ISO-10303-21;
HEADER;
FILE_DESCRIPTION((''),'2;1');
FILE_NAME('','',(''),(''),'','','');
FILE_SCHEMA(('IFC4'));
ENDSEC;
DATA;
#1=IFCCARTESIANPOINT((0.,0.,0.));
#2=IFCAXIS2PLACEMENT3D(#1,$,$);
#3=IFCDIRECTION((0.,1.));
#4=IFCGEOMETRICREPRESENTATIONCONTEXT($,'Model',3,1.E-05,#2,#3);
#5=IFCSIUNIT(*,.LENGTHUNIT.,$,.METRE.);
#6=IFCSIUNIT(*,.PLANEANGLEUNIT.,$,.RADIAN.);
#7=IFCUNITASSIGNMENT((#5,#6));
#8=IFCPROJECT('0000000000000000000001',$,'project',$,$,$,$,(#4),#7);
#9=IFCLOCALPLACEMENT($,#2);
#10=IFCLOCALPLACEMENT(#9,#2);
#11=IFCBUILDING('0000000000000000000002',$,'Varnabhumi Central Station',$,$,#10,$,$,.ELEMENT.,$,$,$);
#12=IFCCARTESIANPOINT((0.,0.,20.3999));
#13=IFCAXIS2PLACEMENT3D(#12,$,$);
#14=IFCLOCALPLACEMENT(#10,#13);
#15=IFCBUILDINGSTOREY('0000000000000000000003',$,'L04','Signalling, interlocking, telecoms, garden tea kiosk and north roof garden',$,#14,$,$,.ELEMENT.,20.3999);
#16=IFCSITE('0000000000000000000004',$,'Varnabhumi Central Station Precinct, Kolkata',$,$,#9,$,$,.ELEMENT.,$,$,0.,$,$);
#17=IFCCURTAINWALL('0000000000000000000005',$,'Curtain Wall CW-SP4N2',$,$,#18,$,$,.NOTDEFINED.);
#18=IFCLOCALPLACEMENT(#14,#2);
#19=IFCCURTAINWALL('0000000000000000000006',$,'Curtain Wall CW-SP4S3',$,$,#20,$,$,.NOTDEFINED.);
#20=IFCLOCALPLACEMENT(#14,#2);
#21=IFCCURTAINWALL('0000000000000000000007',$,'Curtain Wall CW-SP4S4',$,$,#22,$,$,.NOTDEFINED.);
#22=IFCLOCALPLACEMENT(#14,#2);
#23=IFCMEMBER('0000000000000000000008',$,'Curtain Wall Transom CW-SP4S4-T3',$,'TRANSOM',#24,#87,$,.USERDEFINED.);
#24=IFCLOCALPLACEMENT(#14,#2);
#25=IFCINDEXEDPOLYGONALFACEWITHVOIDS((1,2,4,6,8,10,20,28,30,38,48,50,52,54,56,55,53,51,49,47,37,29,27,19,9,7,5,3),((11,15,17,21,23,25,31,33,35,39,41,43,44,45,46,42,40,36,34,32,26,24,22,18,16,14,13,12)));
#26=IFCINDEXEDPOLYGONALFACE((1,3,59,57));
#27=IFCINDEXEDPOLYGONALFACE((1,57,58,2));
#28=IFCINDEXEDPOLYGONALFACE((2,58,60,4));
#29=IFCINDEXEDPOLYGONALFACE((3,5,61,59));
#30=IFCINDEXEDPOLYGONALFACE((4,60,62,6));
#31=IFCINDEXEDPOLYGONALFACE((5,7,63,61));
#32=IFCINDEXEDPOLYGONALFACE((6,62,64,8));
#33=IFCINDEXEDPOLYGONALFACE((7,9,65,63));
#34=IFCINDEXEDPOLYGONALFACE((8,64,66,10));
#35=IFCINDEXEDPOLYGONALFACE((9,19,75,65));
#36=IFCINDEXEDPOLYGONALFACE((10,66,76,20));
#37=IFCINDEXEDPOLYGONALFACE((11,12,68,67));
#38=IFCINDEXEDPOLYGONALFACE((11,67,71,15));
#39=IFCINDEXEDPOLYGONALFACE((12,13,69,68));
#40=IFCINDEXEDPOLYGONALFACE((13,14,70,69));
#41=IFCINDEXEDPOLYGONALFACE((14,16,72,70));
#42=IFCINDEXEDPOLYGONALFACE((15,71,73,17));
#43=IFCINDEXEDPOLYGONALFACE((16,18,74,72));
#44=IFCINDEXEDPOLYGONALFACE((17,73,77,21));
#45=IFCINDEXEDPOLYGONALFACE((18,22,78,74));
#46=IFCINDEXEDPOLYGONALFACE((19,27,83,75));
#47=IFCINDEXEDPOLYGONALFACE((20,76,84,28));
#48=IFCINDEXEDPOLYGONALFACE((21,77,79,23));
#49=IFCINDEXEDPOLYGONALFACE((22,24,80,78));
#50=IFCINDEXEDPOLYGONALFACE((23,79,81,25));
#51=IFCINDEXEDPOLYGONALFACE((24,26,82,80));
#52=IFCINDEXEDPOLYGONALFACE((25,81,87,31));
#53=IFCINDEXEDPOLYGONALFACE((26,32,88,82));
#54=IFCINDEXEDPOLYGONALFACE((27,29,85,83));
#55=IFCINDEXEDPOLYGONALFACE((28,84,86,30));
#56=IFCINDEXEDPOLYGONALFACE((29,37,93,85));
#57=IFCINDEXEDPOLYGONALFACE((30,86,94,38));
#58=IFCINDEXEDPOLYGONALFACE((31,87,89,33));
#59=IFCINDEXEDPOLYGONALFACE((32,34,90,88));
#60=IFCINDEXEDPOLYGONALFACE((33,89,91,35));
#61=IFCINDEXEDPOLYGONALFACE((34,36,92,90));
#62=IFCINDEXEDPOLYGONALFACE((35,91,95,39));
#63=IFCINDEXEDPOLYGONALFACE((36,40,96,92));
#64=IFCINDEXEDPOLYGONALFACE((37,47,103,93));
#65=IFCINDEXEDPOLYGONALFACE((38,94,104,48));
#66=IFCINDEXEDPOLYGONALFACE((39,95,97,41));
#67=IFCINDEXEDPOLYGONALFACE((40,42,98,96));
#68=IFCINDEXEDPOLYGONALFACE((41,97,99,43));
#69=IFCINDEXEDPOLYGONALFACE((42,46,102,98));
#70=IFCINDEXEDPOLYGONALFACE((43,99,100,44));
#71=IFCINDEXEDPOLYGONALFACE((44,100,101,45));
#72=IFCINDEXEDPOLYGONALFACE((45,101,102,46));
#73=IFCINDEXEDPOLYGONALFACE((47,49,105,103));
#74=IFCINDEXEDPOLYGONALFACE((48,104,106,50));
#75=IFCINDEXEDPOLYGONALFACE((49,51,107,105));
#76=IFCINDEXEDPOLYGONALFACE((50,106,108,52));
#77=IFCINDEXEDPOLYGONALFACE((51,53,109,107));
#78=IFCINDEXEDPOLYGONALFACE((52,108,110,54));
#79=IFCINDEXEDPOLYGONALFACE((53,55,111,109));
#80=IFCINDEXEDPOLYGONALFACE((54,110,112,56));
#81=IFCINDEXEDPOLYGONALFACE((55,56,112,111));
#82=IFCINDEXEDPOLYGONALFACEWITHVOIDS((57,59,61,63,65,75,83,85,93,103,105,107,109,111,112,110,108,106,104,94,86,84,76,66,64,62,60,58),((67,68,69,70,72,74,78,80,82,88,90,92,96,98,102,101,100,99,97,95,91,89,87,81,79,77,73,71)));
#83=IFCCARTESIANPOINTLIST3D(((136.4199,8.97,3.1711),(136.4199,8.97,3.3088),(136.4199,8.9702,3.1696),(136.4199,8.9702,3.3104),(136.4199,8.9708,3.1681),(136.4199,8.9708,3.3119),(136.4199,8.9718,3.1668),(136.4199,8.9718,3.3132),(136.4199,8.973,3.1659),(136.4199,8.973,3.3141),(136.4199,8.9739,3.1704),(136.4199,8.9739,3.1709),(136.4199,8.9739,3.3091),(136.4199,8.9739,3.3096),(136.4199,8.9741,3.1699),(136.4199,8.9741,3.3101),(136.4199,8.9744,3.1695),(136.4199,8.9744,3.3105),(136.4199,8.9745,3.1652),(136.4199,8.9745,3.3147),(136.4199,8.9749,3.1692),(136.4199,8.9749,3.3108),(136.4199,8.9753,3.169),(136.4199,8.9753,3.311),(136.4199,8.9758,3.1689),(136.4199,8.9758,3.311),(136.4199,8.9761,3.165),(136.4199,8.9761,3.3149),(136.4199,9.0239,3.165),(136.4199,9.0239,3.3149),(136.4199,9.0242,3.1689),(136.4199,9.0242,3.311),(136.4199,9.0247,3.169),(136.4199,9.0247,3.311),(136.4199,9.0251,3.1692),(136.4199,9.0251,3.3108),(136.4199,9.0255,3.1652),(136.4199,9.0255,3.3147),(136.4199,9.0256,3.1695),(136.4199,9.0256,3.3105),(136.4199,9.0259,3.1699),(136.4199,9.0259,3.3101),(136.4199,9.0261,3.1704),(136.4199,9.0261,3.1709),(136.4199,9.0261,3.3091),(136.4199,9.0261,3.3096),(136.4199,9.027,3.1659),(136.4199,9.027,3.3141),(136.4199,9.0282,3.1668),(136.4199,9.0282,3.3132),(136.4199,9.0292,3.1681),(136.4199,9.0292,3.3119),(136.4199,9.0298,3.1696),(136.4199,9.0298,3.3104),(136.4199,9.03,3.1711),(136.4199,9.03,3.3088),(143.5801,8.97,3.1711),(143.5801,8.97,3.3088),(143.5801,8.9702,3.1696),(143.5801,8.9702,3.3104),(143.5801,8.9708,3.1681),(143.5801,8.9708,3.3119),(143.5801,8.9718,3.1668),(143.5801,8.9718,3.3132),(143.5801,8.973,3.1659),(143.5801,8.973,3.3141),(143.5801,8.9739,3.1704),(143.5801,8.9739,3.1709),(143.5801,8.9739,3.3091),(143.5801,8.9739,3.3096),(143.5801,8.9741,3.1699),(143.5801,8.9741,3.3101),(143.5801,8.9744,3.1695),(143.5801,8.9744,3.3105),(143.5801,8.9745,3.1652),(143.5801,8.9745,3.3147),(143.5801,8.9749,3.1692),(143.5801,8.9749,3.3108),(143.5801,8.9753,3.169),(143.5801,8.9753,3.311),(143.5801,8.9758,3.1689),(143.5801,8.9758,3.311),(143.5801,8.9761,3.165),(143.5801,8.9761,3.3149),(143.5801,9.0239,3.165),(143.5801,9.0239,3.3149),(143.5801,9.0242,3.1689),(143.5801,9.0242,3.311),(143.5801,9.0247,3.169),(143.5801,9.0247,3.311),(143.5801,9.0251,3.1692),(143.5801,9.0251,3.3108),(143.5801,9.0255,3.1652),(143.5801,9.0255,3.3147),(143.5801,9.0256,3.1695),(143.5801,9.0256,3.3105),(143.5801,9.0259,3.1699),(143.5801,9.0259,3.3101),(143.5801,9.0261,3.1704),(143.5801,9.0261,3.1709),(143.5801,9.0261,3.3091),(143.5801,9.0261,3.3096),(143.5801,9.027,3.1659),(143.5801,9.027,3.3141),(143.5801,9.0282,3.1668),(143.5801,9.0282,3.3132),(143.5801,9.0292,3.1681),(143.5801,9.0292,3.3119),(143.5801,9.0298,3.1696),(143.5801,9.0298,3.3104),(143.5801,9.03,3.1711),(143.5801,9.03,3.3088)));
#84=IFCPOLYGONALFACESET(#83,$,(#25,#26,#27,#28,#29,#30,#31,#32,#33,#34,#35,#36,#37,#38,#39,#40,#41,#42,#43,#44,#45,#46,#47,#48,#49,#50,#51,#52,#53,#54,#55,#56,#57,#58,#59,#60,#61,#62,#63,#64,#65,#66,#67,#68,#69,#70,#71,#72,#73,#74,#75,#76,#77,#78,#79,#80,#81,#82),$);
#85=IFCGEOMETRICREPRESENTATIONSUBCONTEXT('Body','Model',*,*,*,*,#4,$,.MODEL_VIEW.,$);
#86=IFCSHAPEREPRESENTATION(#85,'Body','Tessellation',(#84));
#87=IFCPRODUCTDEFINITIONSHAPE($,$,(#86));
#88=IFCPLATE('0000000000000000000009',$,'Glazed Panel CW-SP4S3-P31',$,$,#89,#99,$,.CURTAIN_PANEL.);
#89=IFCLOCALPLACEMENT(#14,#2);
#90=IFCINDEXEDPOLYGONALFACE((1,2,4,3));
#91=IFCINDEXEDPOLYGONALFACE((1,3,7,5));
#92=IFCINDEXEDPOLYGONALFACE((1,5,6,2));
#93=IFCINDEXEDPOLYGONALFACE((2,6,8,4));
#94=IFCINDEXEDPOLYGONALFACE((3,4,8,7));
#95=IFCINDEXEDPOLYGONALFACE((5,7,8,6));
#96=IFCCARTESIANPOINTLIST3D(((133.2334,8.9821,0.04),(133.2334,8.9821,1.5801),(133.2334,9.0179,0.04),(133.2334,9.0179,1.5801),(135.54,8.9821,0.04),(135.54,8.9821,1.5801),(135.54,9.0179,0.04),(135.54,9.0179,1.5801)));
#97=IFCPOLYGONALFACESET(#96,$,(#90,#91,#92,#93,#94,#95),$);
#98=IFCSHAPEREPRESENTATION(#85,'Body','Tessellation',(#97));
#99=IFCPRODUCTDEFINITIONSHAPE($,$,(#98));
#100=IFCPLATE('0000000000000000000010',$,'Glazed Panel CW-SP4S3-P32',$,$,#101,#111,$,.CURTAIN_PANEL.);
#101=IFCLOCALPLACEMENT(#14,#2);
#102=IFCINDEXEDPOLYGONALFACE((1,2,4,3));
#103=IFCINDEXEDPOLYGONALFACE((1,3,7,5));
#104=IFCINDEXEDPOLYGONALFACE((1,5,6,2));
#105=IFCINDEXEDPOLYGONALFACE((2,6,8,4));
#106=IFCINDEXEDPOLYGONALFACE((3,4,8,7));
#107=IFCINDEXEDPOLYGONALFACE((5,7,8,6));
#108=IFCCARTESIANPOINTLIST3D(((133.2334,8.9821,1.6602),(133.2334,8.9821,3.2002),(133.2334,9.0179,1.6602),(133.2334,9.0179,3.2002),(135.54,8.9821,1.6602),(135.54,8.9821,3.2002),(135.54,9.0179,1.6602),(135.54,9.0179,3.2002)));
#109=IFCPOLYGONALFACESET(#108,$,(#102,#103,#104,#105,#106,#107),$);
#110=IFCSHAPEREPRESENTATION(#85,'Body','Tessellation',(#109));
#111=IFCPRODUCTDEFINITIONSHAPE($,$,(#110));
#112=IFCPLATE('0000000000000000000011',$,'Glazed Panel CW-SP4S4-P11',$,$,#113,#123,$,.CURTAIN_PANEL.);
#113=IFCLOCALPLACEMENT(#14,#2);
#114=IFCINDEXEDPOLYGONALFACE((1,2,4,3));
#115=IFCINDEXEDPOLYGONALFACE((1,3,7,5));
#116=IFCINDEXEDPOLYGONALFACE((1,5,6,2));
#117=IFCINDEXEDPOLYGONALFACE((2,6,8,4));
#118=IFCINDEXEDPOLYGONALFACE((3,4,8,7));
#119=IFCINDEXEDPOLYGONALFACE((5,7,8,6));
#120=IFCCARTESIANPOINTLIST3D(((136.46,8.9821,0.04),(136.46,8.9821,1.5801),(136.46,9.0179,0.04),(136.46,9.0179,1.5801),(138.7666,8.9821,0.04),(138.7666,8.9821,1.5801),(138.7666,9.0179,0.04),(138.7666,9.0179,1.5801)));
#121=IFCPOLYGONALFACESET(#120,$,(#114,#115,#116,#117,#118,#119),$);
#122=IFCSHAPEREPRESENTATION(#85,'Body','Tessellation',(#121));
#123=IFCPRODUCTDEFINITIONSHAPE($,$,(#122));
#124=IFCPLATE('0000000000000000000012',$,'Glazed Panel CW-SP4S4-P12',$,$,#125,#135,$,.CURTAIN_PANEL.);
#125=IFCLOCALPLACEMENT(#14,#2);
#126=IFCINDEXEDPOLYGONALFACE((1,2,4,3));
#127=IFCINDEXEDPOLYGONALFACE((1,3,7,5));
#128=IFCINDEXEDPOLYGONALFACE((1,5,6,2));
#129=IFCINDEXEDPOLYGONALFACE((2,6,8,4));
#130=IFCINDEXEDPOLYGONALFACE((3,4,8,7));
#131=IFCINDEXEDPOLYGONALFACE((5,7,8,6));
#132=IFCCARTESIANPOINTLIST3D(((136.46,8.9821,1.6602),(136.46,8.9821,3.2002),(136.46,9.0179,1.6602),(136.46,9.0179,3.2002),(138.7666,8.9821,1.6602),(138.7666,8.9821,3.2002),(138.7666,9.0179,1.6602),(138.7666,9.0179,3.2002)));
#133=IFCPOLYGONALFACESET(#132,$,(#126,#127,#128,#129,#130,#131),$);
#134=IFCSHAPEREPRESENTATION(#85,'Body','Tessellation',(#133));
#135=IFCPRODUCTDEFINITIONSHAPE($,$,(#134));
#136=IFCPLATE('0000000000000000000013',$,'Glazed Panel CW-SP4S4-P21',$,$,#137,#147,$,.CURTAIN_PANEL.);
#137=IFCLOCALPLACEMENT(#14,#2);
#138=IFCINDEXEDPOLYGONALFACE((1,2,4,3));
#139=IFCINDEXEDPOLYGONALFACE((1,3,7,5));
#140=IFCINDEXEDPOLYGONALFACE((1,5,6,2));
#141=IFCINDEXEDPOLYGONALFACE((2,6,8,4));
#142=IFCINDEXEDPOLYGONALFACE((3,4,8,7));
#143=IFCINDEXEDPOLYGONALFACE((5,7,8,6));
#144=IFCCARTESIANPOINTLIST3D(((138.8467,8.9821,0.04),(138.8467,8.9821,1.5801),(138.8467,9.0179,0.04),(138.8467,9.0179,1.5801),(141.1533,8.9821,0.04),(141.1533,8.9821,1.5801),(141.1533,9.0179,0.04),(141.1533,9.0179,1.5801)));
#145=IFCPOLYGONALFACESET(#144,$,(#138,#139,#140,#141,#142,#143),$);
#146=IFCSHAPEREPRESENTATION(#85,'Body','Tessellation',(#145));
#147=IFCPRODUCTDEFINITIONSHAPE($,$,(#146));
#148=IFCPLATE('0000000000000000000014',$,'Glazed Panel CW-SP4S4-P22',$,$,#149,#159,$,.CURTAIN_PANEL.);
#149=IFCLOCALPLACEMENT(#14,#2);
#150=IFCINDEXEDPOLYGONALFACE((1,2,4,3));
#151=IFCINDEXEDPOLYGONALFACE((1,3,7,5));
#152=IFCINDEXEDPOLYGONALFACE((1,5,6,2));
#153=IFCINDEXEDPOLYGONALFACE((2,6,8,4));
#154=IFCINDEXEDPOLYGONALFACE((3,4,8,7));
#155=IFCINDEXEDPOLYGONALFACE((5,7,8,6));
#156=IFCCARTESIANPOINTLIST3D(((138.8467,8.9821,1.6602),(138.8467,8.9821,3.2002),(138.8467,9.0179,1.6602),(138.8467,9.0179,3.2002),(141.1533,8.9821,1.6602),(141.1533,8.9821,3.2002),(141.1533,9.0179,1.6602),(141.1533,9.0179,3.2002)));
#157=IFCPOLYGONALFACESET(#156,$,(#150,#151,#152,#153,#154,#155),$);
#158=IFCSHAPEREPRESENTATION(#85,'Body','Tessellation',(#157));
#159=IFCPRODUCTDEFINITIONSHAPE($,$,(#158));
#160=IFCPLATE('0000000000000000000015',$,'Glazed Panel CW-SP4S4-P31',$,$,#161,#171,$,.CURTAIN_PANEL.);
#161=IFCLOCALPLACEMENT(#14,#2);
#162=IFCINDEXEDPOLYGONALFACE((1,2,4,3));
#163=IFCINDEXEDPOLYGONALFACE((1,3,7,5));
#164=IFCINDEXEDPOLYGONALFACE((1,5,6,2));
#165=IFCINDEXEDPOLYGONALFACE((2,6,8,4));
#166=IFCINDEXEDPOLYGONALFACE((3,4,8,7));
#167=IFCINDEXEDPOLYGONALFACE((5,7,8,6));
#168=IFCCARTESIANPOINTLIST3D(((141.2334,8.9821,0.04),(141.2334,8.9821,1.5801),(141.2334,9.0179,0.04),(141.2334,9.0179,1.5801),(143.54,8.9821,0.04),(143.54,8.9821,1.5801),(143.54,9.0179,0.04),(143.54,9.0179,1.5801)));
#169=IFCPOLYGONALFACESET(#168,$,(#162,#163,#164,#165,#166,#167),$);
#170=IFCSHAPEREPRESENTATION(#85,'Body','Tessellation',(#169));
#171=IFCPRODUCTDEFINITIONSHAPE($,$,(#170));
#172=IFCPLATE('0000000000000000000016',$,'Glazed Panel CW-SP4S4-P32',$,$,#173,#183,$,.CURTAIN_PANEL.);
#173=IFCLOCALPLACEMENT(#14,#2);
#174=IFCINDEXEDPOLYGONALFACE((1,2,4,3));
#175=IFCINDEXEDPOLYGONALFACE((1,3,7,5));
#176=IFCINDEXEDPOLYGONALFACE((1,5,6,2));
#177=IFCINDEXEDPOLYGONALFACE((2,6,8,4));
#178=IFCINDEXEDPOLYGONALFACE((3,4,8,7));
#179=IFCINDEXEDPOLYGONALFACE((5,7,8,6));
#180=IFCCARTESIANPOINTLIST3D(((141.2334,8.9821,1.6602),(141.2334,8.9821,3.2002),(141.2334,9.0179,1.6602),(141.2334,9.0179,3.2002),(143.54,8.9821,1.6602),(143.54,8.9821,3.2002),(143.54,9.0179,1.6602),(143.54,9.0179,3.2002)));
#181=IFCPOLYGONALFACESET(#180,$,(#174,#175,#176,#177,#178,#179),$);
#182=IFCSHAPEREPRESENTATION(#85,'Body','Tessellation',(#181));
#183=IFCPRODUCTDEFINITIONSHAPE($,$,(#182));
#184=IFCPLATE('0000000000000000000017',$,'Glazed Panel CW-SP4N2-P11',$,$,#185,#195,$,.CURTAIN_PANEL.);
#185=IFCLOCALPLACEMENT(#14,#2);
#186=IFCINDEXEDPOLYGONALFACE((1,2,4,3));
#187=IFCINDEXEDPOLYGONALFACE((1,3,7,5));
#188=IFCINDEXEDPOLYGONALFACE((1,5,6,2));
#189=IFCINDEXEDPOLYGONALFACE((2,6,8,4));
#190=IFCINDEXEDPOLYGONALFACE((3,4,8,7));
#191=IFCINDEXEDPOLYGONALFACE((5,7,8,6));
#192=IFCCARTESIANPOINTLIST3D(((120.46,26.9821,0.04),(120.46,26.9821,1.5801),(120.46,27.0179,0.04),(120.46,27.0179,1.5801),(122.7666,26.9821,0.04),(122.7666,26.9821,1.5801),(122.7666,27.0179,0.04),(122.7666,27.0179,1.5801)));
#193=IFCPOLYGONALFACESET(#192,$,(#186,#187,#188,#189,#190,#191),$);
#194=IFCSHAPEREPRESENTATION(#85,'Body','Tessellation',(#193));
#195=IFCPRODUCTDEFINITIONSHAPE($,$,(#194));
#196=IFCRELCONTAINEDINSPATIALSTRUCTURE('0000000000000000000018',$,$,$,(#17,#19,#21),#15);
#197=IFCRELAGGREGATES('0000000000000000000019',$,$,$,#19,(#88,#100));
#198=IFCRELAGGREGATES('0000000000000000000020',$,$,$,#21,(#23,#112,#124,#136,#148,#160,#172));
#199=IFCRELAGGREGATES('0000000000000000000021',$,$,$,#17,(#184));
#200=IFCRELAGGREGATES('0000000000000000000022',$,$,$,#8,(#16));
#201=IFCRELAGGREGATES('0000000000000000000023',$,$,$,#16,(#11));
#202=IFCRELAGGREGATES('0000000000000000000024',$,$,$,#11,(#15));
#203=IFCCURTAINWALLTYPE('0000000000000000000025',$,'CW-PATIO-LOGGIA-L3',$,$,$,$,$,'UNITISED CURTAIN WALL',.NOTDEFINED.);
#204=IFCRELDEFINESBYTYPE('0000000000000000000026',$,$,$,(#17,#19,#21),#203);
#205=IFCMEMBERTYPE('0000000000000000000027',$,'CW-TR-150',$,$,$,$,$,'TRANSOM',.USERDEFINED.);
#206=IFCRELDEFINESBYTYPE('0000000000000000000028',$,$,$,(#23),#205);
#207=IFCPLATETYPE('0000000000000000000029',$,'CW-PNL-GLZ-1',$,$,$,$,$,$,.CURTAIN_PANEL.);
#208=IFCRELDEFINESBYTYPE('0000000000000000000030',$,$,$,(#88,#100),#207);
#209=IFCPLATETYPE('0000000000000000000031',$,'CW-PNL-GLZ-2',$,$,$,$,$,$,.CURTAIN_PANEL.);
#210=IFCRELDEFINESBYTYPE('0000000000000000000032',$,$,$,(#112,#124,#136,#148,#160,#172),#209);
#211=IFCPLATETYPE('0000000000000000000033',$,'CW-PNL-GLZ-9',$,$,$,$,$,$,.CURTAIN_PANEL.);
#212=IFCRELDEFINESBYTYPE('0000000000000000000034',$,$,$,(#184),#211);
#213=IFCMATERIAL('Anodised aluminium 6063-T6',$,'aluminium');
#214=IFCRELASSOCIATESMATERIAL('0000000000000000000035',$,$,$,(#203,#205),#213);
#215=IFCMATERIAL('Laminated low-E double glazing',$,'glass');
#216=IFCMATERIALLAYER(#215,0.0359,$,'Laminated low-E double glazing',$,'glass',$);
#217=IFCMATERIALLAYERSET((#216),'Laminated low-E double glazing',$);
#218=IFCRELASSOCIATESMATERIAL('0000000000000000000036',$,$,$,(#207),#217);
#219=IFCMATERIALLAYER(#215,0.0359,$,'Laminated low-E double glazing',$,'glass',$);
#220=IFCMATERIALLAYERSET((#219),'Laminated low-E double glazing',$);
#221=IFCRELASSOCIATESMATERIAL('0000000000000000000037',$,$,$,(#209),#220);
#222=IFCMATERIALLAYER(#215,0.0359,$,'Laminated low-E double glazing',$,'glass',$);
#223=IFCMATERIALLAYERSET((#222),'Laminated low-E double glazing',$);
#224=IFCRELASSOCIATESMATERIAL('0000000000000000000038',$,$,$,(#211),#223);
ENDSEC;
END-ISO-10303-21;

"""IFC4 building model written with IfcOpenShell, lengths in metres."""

from ifc_helpers import new_model, si_unit, direction, frame, origin, origin_2d, place, context, subcontext, project, spatial, rectangle, hollow_rectangle, extrude, material, layer, layer_set, material_profile, profile_set, type_object, element, aggregate, save


model = new_model("IFC4")

# Units and contexts
model_context = context("Model", 3, precision=1e-05, world=origin(), true_north=direction((0.0, 1.0)))
body_context = subcontext(model_context, "Body", "Model", "MODEL_VIEW")
ifc_project = project(units=[si_unit("LENGTHUNIT", "METRE"), si_unit("PLANEANGLEUNIT", "RADIAN")], contexts=[model_context])

# Site, building, storey
site_placement = place(None, origin())
site = spatial("IfcSite", under=ifc_project, at=site_placement, Name="Varnabhumi Central Station Precinct, Kolkata", CompositionType="ELEMENT", RefElevation=0.0)
building_placement = place(site_placement, origin())
building = spatial("IfcBuilding", under=site, at=building_placement, Name="Varnabhumi Central Station", CompositionType="ELEMENT")
storey_placement = place(building_placement, frame((0.0, 0.0, 20.3999)))
storey = spatial("IfcBuildingStorey", under=building, at=storey_placement, Name="L04", Description="Signalling, interlocking, telecoms, garden tea kiosk and north roof garden", CompositionType="ELEMENT", Elevation=20.3999)

# Shared definitions
ifc_material_1 = material(Name="Anodised aluminium 6063-T6", Category="aluminium")
curtain_wall_type = type_object("IfcCurtainWallType", Name="CW-PATIO-LOGGIA-L3", ElementType="UNITISED CURTAIN WALL", PredefinedType="NOTDEFINED", material=ifc_material_1)

# Curtain walls
curtain_wall_1_placement = place(storey_placement, origin())
curtain_wall_1 = element("IfcCurtainWall", 1, at=curtain_wall_1_placement, inside=storey, type_object=curtain_wall_type, Name="Curtain Wall CW-SP4N2", PredefinedType="NOTDEFINED")
curtain_wall_2_placement = place(storey_placement, origin())
curtain_wall_2 = element("IfcCurtainWall", 2, at=curtain_wall_2_placement, inside=storey, type_object=curtain_wall_type, Name="Curtain Wall CW-SP4S3", PredefinedType="NOTDEFINED")
curtain_wall_3_placement = place(storey_placement, origin())
curtain_wall_3 = element("IfcCurtainWall", 3, at=curtain_wall_3_placement, inside=storey, type_object=curtain_wall_type, Name="Curtain Wall CW-SP4S4", PredefinedType="NOTDEFINED")

# Member
ifc_material_profile_1 = material_profile(ifc_material_1, hollow_rectangle(XDim=0.0601, YDim=0.1499, WallThickness=0.0039, InnerFilletRadius=0.002, OuterFilletRadius=0.0061, at=origin_2d()), Name="Anodised aluminium 6063-T6", Category="aluminium")
ifc_profile_set_1 = profile_set([ifc_material_profile_1], Name="Anodised aluminium 6063-T6")
member_type_1 = type_object("IfcMemberType", Name="CW-TR-150", ElementType="TRANSOM", PredefinedType="USERDEFINED", material=ifc_profile_set_1)
member_1_placement = place(storey_placement, frame((136.4199, 9.0, 3.24), z_axis=(1.0, 0.0, 0.0), x_axis=(0.0, 1.0, 0.0)))
member_1 = element("IfcMember", 4, at=member_1_placement, type_object=member_type_1, Name="Curtain Wall Transom CW-SP4S4-T3", ObjectType="TRANSOM", PredefinedType="USERDEFINED", context=body_context, shape_type="SweptSolid", body=[
    extrude(hollow_rectangle(XDim=0.0601, YDim=0.1499, WallThickness=0.0039, InnerFilletRadius=0.002, OuterFilletRadius=0.0061, at=origin_2d()), origin(), (0.0, 0.0, 1.0), 7.1602),
])

# Plates
ifc_material_2 = material(Name="Laminated low-E double glazing", Category="glass")
ifc_layer_1 = layer(ifc_material_2, 0.0359, Name="Laminated low-E double glazing", Category="glass")
ifc_layer_set_1 = layer_set([ifc_layer_1], Name="Laminated low-E double glazing")
plate_type_1 = type_object("IfcPlateType", Name="CW-PNL-GLZ-1", PredefinedType="CURTAIN_PANEL", material=ifc_layer_set_1)
plate_1_placement = place(storey_placement, frame((134.3867, 9.0, 0.04), z_axis=(0.0, 0.0, 1.0), x_axis=(1.0, 0.0, 0.0)))
plate_1 = element("IfcPlate", 5, at=plate_1_placement, type_object=plate_type_1, Name="Glazed Panel CW-SP4S3-P31", PredefinedType="CURTAIN_PANEL", context=body_context, shape_type="SweptSolid", body=[
    extrude(rectangle(XDim=2.3066, YDim=0.0359, at=origin_2d()), origin(), (0.0, 0.0, 1.0), 1.54),
])
plate_2_placement = place(storey_placement, frame((134.3867, 9.0, 1.6602), z_axis=(0.0, 0.0, 1.0), x_axis=(1.0, 0.0, 0.0)))
plate_2 = element("IfcPlate", 6, at=plate_2_placement, type_object=plate_type_1, Name="Glazed Panel CW-SP4S3-P32", PredefinedType="CURTAIN_PANEL", context=body_context, shape_type="SweptSolid", body=[
    extrude(rectangle(XDim=2.3066, YDim=0.0359, at=origin_2d()), origin(), (0.0, 0.0, 1.0), 1.54),
])
aggregate(curtain_wall_2, [plate_1, plate_2])
ifc_layer_2 = layer(ifc_material_2, 0.0359, Name="Laminated low-E double glazing", Category="glass")
ifc_layer_set_2 = layer_set([ifc_layer_2], Name="Laminated low-E double glazing")
plate_type_2 = type_object("IfcPlateType", Name="CW-PNL-GLZ-2", PredefinedType="CURTAIN_PANEL", material=ifc_layer_set_2)
plate_3_placement = place(storey_placement, frame((137.6133, 9.0, 0.04), z_axis=(0.0, 0.0, 1.0), x_axis=(1.0, 0.0, 0.0)))
plate_3 = element("IfcPlate", 7, at=plate_3_placement, type_object=plate_type_2, Name="Glazed Panel CW-SP4S4-P11", PredefinedType="CURTAIN_PANEL", context=body_context, shape_type="SweptSolid", body=[
    extrude(rectangle(XDim=2.3066, YDim=0.0359, at=origin_2d()), origin(), (0.0, 0.0, 1.0), 1.54),
])
plate_4_placement = place(storey_placement, frame((137.6133, 9.0, 1.6602), z_axis=(0.0, 0.0, 1.0), x_axis=(1.0, 0.0, 0.0)))
plate_4 = element("IfcPlate", 8, at=plate_4_placement, type_object=plate_type_2, Name="Glazed Panel CW-SP4S4-P12", PredefinedType="CURTAIN_PANEL", context=body_context, shape_type="SweptSolid", body=[
    extrude(rectangle(XDim=2.3066, YDim=0.0359, at=origin_2d()), origin(), (0.0, 0.0, 1.0), 1.54),
])
plate_5_placement = place(storey_placement, frame((140.0, 9.0, 0.04), z_axis=(0.0, 0.0, 1.0), x_axis=(1.0, 0.0, 0.0)))
plate_5 = element("IfcPlate", 9, at=plate_5_placement, type_object=plate_type_2, Name="Glazed Panel CW-SP4S4-P21", PredefinedType="CURTAIN_PANEL", context=body_context, shape_type="SweptSolid", body=[
    extrude(rectangle(XDim=2.3066, YDim=0.0359, at=origin_2d()), origin(), (0.0, 0.0, 1.0), 1.54),
])
plate_6_placement = place(storey_placement, frame((140.0, 9.0, 1.6602), z_axis=(0.0, 0.0, 1.0), x_axis=(1.0, 0.0, 0.0)))
plate_6 = element("IfcPlate", 10, at=plate_6_placement, type_object=plate_type_2, Name="Glazed Panel CW-SP4S4-P22", PredefinedType="CURTAIN_PANEL", context=body_context, shape_type="SweptSolid", body=[
    extrude(rectangle(XDim=2.3066, YDim=0.0359, at=origin_2d()), origin(), (0.0, 0.0, 1.0), 1.54),
])
plate_7_placement = place(storey_placement, frame((142.3867, 9.0, 0.04), z_axis=(0.0, 0.0, 1.0), x_axis=(1.0, 0.0, 0.0)))
plate_7 = element("IfcPlate", 11, at=plate_7_placement, type_object=plate_type_2, Name="Glazed Panel CW-SP4S4-P31", PredefinedType="CURTAIN_PANEL", context=body_context, shape_type="SweptSolid", body=[
    extrude(rectangle(XDim=2.3066, YDim=0.0359, at=origin_2d()), origin(), (0.0, 0.0, 1.0), 1.54),
])
plate_8_placement = place(storey_placement, frame((142.3867, 9.0, 1.6602), z_axis=(0.0, 0.0, 1.0), x_axis=(1.0, 0.0, 0.0)))
plate_8 = element("IfcPlate", 12, at=plate_8_placement, type_object=plate_type_2, Name="Glazed Panel CW-SP4S4-P32", PredefinedType="CURTAIN_PANEL", context=body_context, shape_type="SweptSolid", body=[
    extrude(rectangle(XDim=2.3066, YDim=0.0359, at=origin_2d()), origin(), (0.0, 0.0, 1.0), 1.54),
])
aggregate(curtain_wall_3, [member_1, plate_3, plate_4, plate_5, plate_6, plate_7, plate_8])
ifc_layer_3 = layer(ifc_material_2, 0.0359, Name="Laminated low-E double glazing", Category="glass")
ifc_layer_set_3 = layer_set([ifc_layer_3], Name="Laminated low-E double glazing")
plate_type_3 = type_object("IfcPlateType", Name="CW-PNL-GLZ-9", PredefinedType="CURTAIN_PANEL", material=ifc_layer_set_3)
plate_9_placement = place(storey_placement, frame((121.6133, 27.0, 0.04), z_axis=(0.0, 0.0, 1.0), x_axis=(1.0, 0.0, 0.0)))
plate_9 = element("IfcPlate", 13, at=plate_9_placement, type_object=plate_type_3, Name="Glazed Panel CW-SP4N2-P11", PredefinedType="CURTAIN_PANEL", context=body_context, shape_type="SweptSolid", body=[
    extrude(rectangle(XDim=2.3066, YDim=0.0359, at=origin_2d()), origin(), (0.0, 0.0, 1.0), 1.54),
])
aggregate(curtain_wall_1, [plate_9])

save(model, "model.ifc")
